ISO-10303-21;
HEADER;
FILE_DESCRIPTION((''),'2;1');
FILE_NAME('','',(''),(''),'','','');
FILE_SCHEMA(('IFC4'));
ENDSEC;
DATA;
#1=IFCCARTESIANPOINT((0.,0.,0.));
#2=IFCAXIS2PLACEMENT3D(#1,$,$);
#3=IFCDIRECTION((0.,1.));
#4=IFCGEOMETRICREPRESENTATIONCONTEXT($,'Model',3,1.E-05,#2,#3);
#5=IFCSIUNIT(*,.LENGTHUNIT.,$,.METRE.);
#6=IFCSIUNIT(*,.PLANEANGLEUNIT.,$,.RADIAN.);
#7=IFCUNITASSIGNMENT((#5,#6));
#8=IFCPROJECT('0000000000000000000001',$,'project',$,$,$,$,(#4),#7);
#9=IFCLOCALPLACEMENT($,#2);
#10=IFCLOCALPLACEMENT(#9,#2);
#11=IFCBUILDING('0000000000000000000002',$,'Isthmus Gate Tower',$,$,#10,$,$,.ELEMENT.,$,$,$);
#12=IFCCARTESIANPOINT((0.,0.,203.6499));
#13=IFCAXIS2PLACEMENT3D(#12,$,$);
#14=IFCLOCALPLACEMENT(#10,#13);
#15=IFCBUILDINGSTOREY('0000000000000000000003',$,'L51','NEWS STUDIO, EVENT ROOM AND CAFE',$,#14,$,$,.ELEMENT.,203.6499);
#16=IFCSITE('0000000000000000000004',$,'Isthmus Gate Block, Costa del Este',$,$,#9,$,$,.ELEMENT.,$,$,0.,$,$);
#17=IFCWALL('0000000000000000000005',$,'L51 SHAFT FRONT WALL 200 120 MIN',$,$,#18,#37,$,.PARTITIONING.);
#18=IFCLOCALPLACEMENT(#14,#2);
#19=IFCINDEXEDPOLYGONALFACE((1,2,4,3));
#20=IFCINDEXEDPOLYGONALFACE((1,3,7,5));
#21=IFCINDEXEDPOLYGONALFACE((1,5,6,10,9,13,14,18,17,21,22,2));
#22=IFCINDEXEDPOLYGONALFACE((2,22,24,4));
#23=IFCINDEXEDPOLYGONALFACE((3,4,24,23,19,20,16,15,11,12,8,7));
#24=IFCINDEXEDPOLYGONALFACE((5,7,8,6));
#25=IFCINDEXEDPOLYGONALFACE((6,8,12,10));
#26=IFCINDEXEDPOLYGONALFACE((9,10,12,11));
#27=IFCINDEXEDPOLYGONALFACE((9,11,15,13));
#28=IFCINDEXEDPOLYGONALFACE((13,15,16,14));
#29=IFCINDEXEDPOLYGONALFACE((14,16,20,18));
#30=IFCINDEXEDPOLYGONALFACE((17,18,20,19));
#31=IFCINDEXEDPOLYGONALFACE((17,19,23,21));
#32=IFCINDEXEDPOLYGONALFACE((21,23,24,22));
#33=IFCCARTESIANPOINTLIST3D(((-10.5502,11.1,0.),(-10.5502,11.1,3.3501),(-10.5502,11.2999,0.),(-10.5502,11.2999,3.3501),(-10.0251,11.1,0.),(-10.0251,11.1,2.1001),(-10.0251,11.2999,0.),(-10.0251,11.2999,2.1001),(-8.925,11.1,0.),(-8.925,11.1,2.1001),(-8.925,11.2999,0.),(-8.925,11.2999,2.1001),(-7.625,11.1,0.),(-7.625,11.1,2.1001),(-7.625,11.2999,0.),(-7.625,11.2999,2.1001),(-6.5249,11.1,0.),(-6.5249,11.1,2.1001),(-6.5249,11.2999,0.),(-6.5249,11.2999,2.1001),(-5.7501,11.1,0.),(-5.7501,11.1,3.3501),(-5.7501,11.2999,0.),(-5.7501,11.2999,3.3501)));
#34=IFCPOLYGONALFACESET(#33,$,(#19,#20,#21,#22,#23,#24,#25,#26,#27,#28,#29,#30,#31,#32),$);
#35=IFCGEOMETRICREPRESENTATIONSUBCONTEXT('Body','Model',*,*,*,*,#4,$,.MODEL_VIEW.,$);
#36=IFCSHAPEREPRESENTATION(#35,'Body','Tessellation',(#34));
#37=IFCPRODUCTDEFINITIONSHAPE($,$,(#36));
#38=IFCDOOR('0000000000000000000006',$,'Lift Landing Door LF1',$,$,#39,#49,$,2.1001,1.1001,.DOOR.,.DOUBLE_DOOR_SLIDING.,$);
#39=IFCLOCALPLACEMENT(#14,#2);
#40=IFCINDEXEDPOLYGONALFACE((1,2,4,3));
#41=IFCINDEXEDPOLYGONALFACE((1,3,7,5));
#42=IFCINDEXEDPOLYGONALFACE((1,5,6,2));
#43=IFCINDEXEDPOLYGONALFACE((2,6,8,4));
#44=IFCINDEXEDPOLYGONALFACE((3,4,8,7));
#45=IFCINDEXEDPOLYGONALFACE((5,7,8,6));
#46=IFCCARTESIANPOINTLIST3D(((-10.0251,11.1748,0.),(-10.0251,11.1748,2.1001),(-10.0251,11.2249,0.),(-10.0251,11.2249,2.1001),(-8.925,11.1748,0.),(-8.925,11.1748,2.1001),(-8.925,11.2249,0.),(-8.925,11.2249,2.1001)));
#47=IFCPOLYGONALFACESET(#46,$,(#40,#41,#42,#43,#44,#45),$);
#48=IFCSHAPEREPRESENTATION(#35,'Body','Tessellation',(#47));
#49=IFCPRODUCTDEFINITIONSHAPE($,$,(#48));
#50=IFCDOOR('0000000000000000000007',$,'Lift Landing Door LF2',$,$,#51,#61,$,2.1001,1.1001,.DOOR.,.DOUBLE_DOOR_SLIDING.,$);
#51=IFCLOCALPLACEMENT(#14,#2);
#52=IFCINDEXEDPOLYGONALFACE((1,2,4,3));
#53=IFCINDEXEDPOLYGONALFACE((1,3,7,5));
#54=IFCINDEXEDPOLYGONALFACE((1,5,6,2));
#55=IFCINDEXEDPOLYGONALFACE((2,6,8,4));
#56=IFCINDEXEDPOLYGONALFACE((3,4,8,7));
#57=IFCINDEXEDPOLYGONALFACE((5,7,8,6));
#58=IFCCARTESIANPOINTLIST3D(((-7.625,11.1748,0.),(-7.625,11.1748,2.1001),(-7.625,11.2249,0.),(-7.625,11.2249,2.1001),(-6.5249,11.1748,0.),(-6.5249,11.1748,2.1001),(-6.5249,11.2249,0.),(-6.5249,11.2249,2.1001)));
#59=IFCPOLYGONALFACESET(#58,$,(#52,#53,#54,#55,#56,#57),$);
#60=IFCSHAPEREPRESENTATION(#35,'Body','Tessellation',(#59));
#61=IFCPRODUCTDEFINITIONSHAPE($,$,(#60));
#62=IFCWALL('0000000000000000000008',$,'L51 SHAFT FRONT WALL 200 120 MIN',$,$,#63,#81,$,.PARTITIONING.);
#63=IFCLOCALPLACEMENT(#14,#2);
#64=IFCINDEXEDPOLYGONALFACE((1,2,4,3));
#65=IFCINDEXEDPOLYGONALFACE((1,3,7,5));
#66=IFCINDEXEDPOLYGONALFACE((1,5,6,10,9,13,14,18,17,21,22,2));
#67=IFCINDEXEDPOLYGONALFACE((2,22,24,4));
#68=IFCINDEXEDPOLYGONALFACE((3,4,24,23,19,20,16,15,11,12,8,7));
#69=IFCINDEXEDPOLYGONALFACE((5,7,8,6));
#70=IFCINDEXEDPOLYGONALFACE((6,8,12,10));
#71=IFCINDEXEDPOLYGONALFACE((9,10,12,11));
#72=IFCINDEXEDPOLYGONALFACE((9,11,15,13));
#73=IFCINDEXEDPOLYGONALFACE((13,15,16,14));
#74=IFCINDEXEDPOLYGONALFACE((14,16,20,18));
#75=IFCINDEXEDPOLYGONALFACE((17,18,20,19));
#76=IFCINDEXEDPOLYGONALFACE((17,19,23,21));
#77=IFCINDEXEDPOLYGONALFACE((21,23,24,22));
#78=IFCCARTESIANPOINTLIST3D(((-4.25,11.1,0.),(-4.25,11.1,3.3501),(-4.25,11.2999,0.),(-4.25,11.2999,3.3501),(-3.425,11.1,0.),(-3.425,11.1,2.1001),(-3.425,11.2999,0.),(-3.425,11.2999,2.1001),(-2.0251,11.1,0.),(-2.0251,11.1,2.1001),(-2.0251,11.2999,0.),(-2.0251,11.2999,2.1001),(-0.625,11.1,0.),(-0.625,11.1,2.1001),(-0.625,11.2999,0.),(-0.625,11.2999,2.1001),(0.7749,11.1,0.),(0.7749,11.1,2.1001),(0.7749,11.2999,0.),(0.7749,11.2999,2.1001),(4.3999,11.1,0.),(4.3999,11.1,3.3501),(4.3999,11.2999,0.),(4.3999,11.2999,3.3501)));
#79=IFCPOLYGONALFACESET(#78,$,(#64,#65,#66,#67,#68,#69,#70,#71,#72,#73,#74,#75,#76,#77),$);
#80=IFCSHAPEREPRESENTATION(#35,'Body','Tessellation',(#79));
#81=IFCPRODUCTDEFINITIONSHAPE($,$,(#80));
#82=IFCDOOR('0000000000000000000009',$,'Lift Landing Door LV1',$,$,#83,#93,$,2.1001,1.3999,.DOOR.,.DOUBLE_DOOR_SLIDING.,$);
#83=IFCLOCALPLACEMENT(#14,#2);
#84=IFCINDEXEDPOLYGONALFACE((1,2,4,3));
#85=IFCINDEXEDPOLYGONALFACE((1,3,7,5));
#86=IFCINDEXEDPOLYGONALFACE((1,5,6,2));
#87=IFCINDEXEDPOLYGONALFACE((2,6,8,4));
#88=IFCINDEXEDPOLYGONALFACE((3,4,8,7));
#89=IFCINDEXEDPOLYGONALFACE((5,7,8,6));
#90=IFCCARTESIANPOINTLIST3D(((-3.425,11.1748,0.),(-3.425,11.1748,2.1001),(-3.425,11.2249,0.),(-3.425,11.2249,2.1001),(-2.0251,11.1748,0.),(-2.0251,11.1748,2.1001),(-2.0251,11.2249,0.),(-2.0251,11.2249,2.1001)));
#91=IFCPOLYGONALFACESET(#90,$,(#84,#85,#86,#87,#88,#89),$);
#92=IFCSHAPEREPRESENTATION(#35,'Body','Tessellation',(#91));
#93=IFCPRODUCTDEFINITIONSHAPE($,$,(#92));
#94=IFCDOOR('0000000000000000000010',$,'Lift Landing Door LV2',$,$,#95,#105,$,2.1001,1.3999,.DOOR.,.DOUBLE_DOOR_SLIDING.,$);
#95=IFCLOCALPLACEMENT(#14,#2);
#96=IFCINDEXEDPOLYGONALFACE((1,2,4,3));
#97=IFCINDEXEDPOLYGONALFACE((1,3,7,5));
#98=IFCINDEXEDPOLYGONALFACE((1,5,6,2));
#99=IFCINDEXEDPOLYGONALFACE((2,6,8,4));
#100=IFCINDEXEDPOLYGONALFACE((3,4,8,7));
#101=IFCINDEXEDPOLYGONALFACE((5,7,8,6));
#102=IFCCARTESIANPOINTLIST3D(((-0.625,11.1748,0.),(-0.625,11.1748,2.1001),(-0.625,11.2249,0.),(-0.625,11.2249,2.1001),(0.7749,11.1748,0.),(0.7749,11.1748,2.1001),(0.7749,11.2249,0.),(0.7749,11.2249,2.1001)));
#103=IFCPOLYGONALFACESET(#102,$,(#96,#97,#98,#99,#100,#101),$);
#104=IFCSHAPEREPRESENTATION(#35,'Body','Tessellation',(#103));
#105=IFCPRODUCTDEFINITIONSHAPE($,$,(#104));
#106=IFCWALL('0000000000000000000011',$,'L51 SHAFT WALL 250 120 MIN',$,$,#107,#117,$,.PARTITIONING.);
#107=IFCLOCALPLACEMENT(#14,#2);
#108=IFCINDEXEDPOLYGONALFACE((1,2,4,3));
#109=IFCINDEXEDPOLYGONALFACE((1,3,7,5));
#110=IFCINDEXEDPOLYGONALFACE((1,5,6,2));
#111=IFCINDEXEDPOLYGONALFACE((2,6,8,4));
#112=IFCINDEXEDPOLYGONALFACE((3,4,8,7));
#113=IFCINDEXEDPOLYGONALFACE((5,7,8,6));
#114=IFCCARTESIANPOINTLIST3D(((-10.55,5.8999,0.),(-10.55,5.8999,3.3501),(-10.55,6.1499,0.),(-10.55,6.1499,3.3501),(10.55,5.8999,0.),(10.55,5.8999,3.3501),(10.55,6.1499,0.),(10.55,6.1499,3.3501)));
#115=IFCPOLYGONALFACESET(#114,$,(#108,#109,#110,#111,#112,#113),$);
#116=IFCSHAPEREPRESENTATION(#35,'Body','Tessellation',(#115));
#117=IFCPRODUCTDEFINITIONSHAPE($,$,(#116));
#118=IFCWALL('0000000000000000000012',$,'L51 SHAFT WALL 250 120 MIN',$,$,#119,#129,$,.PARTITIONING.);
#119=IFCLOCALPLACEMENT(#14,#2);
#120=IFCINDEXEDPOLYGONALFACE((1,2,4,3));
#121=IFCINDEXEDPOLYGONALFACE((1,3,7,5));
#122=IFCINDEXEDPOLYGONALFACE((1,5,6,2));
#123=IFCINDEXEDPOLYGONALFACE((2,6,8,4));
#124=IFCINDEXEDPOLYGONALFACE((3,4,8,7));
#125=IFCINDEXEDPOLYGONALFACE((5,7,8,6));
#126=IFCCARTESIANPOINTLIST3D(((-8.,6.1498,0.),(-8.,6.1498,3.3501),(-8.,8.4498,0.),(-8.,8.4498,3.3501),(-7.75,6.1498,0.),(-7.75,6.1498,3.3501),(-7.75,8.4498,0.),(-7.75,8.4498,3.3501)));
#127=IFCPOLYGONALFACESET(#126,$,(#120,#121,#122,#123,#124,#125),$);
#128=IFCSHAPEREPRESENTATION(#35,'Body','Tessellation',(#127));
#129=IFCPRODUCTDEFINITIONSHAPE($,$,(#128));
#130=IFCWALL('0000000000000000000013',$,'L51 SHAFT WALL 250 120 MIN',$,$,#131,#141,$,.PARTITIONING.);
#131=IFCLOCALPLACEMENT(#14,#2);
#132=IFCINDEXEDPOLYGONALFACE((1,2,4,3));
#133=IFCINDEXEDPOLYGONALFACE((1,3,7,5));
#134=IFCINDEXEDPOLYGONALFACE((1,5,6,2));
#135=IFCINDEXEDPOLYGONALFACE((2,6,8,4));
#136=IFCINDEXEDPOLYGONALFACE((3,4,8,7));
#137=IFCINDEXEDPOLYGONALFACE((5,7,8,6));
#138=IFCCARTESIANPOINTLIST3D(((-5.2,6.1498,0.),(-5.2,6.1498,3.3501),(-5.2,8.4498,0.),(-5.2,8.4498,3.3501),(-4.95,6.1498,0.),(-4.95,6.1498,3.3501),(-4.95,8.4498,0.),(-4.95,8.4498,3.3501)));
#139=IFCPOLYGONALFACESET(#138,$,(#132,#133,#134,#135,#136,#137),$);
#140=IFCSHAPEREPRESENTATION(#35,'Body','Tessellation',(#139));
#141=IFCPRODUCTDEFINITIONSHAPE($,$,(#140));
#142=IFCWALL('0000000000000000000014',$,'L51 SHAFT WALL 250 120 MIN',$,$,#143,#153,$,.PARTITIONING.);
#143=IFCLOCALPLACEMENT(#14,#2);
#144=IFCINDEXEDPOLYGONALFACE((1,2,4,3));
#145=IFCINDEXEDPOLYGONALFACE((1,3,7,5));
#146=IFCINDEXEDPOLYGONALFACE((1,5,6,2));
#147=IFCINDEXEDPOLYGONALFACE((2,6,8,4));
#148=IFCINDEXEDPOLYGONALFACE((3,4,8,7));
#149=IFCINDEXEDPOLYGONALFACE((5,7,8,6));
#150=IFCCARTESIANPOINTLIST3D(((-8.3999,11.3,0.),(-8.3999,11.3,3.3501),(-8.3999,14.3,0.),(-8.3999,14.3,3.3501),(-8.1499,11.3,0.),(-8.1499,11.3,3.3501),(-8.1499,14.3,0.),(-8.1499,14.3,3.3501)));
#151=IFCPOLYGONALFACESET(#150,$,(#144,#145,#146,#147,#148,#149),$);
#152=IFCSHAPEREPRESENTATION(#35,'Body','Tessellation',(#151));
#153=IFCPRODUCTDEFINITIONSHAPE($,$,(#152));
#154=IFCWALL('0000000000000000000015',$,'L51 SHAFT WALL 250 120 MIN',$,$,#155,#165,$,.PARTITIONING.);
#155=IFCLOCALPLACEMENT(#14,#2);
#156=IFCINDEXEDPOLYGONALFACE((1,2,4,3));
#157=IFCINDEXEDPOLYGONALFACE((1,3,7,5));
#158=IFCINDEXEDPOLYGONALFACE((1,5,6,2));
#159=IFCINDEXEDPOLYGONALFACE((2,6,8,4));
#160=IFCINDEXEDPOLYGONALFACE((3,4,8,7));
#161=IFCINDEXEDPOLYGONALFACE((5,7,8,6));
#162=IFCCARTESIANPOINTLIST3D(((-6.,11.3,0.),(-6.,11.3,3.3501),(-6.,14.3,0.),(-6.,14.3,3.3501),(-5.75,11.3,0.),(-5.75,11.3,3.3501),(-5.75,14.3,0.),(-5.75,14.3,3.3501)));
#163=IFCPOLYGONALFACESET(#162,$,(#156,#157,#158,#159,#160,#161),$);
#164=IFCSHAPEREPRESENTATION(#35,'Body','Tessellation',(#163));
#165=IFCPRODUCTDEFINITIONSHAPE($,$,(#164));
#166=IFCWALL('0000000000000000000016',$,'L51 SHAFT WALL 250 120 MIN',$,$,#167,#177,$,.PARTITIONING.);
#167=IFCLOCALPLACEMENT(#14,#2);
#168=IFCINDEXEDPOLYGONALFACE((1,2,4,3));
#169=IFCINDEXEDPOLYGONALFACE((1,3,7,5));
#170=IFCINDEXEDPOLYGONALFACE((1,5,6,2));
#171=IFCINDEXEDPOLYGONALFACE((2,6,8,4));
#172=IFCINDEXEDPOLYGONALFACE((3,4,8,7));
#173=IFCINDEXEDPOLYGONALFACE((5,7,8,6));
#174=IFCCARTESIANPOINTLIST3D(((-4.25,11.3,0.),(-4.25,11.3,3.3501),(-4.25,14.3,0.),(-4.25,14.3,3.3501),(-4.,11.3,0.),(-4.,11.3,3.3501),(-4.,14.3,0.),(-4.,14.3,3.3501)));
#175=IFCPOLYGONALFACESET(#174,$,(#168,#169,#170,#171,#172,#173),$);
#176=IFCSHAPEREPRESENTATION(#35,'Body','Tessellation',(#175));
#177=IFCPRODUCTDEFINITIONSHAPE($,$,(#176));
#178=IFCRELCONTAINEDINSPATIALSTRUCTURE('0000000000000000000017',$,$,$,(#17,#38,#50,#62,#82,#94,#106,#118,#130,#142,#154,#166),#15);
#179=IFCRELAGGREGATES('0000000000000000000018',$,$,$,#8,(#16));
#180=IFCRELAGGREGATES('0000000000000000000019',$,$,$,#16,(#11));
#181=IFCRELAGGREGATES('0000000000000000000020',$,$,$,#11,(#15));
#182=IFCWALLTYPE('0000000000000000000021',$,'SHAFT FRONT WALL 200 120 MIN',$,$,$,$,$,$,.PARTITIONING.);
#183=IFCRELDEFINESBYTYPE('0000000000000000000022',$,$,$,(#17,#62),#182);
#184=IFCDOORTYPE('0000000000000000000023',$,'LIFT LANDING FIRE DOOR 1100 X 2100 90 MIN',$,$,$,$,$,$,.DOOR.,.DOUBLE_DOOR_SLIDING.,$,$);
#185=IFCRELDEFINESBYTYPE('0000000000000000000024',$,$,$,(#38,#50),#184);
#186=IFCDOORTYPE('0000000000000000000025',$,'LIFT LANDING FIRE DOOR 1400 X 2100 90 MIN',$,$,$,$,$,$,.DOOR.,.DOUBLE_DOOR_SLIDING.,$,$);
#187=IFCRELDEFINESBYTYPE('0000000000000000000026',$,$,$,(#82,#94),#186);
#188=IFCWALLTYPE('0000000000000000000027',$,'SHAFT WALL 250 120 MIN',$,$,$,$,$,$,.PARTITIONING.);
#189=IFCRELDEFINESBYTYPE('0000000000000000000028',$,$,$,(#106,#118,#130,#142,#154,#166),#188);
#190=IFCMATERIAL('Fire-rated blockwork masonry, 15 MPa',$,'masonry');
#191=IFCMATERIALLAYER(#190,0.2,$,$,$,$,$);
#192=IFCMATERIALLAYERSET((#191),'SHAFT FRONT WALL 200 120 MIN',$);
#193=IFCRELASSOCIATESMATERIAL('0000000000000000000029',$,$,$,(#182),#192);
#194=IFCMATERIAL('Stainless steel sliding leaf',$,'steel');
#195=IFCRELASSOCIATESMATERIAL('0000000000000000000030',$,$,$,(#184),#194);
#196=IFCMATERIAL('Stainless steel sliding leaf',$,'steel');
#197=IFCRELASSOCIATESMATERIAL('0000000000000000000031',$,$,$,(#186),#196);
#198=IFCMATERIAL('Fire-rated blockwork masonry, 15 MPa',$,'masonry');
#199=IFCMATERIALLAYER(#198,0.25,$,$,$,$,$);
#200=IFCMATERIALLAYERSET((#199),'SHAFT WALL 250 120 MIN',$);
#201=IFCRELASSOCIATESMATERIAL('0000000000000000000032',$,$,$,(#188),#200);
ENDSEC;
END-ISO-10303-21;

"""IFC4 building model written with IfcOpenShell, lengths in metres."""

from ifc_helpers import new_model, si_unit, direction, frame, frame_2d, origin, place, context, subcontext, project, spatial, rectangle, extrude, material, layer, layer_set, type_object, element, fill, save


model = new_model("IFC4")

# Units and contexts
model_context = context("Model", 3, precision=1e-05, world=origin(), true_north=direction((0.0, 1.0)))
body_context = subcontext(model_context, "Body", "Model", "MODEL_VIEW")
ifc_project = project(units=[si_unit("LENGTHUNIT", "METRE"), si_unit("PLANEANGLEUNIT", "RADIAN")], contexts=[model_context])

# Site, building, storey
site_placement = place(None, origin())
site = spatial("IfcSite", under=ifc_project, at=site_placement, Name="Isthmus Gate Block, Costa del Este", CompositionType="ELEMENT", RefElevation=0.0)
building_placement = place(site_placement, origin())
building = spatial("IfcBuilding", under=site, at=building_placement, Name="Isthmus Gate Tower", CompositionType="ELEMENT")
storey_placement = place(building_placement, frame((0.0, 0.0, 203.6499)))
storey = spatial("IfcBuildingStorey", under=building, at=storey_placement, Name="L51", Description="NEWS STUDIO, EVENT ROOM AND CAFE", CompositionType="ELEMENT", Elevation=203.6499)

# Walls, openings, doors
ifc_material_1 = material(Name="Fire-rated blockwork masonry, 15 MPa", Category="masonry")
ifc_layer_1 = layer(ifc_material_1, 0.2)
ifc_layer_set_1 = layer_set([ifc_layer_1], Name="SHAFT FRONT WALL 200 120 MIN")
wall_type_1 = type_object("IfcWallType", Name="SHAFT FRONT WALL 200 120 MIN", PredefinedType="PARTITIONING", material=ifc_layer_set_1)
wall_1_placement = place(storey_placement, frame((-10.55, 11.2, 0.0), z_axis=(0.0, 0.0, 1.0), x_axis=(1.0, 0.0, 0.0)))
wall_1 = element("IfcWall", 1, at=wall_1_placement, inside=storey, type_object=wall_type_1, Name="L51 SHAFT FRONT WALL 200 120 MIN", PredefinedType="PARTITIONING", context=body_context, shape_type="SweptSolid", body=[
    extrude(rectangle(XDim=4.8, YDim=0.2, at=frame_2d((2.3999, 0.0))), origin(), (0.0, 0.0, 1.0), 3.3501),
])
opening_1_placement = place(wall_1_placement, frame((0.5249, 0.0, 0.0)))
opening_1 = element("IfcOpeningElement", 2, at=opening_1_placement, cuts=wall_1, PredefinedType="OPENING", context=body_context, shape_type="SweptSolid", body=[
    extrude(rectangle(XDim=1.1001, YDim=2.1001, at=frame_2d((0.55, 1.05))), frame((0.0, 0.1099, 0.0), z_axis=(0.0, -1.0, 0.0), x_axis=(1.0, 0.0, 0.0)), (0.0, 0.0, 1.0), 0.22),
])
opening_2_placement = place(wall_1_placement, frame((2.925, 0.0, 0.0)))
opening_2 = element("IfcOpeningElement", 3, at=opening_2_placement, cuts=wall_1, PredefinedType="OPENING", context=body_context, shape_type="SweptSolid", body=[
    extrude(rectangle(XDim=1.1001, YDim=2.1001, at=frame_2d((0.55, 1.05))), frame((0.0, 0.1099, 0.0), z_axis=(0.0, -1.0, 0.0), x_axis=(1.0, 0.0, 0.0)), (0.0, 0.0, 1.0), 0.22),
])
ifc_material_2 = material(Name="Stainless steel sliding leaf", Category="steel")
door_type_1 = type_object("IfcDoorType", Name="LIFT LANDING FIRE DOOR 1100 X 2100 90 MIN", OperationType="DOUBLE_DOOR_SLIDING", PredefinedType="DOOR", material=ifc_material_2)
door_1_placement = place(opening_1_placement, origin())
door_1 = element("IfcDoor", 4, at=door_1_placement, inside=storey, type_object=door_type_1, Name="Lift Landing Door LF1", OperationType="DOUBLE_DOOR_SLIDING", OverallHeight=2.1001, OverallWidth=1.1001, PredefinedType="DOOR", context=body_context, shape_type="SweptSolid", body=[
    extrude(rectangle(XDim=1.1001, YDim=2.1001, at=frame_2d((0.55, 1.05))), frame((0.0, 0.0249, 0.0), z_axis=(0.0, -1.0, 0.0), x_axis=(1.0, 0.0, 0.0)), (0.0, 0.0, 1.0), 0.05),
])
fill(opening_1, door_1)
door_2_placement = place(opening_2_placement, origin())
door_2 = element("IfcDoor", 5, at=door_2_placement, inside=storey, type_object=door_type_1, Name="Lift Landing Door LF2", OperationType="DOUBLE_DOOR_SLIDING", OverallHeight=2.1001, OverallWidth=1.1001, PredefinedType="DOOR", context=body_context, shape_type="SweptSolid", body=[
    extrude(rectangle(XDim=1.1001, YDim=2.1001, at=frame_2d((0.55, 1.05))), frame((0.0, 0.0249, 0.0), z_axis=(0.0, -1.0, 0.0), x_axis=(1.0, 0.0, 0.0)), (0.0, 0.0, 1.0), 0.05),
])
fill(opening_2, door_2)
wall_2_placement = place(storey_placement, frame((-4.25, 11.2, 0.0), z_axis=(0.0, 0.0, 1.0), x_axis=(1.0, 0.0, 0.0)))
wall_2 = element("IfcWall", 6, at=wall_2_placement, inside=storey, type_object=wall_type_1, Name="L51 SHAFT FRONT WALL 200 120 MIN", PredefinedType="PARTITIONING", context=body_context, shape_type="SweptSolid", body=[
    extrude(rectangle(XDim=8.6499, YDim=0.2, at=frame_2d((4.325, 0.0))), origin(), (0.0, 0.0, 1.0), 3.3501),
])
opening_3_placement = place(wall_2_placement, frame((0.825, 0.0, 0.0)))
opening_3 = element("IfcOpeningElement", 7, at=opening_3_placement, cuts=wall_2, PredefinedType="OPENING", context=body_context, shape_type="SweptSolid", body=[
    extrude(rectangle(XDim=1.3999, YDim=2.1001, at=frame_2d((0.7, 1.05))), frame((0.0, 0.1099, 0.0), z_axis=(0.0, -1.0, 0.0), x_axis=(1.0, 0.0, 0.0)), (0.0, 0.0, 1.0), 0.22),
])
opening_4_placement = place(wall_2_placement, frame((3.625, 0.0, 0.0)))
opening_4 = element("IfcOpeningElement", 8, at=opening_4_placement, cuts=wall_2, PredefinedType="OPENING", context=body_context, shape_type="SweptSolid", body=[
    extrude(rectangle(XDim=1.3999, YDim=2.1001, at=frame_2d((0.7, 1.05))), frame((0.0, 0.1099, 0.0), z_axis=(0.0, -1.0, 0.0), x_axis=(1.0, 0.0, 0.0)), (0.0, 0.0, 1.0), 0.22),
])
ifc_material_3 = material(Name="Stainless steel sliding leaf", Category="steel")
door_type_2 = type_object("IfcDoorType", Name="LIFT LANDING FIRE DOOR 1400 X 2100 90 MIN", OperationType="DOUBLE_DOOR_SLIDING", PredefinedType="DOOR", material=ifc_material_3)
door_3_placement = place(opening_3_placement, origin())
door_3 = element("IfcDoor", 9, at=door_3_placement, inside=storey, type_object=door_type_2, Name="Lift Landing Door LV1", OperationType="DOUBLE_DOOR_SLIDING", OverallHeight=2.1001, OverallWidth=1.3999, PredefinedType="DOOR", context=body_context, shape_type="SweptSolid", body=[
    extrude(rectangle(XDim=1.3999, YDim=2.1001, at=frame_2d((0.7, 1.05))), frame((0.0, 0.0249, 0.0), z_axis=(0.0, -1.0, 0.0), x_axis=(1.0, 0.0, 0.0)), (0.0, 0.0, 1.0), 0.05),
])
fill(opening_3, door_3)
door_4_placement = place(opening_4_placement, origin())
door_4 = element("IfcDoor", 10, at=door_4_placement, inside=storey, type_object=door_type_2, Name="Lift Landing Door LV2", OperationType="DOUBLE_DOOR_SLIDING", OverallHeight=2.1001, OverallWidth=1.3999, PredefinedType="DOOR", context=body_context, shape_type="SweptSolid", body=[
    extrude(rectangle(XDim=1.3999, YDim=2.1001, at=frame_2d((0.7, 1.05))), frame((0.0, 0.0249, 0.0), z_axis=(0.0, -1.0, 0.0), x_axis=(1.0, 0.0, 0.0)), (0.0, 0.0, 1.0), 0.05),
])
fill(opening_4, door_4)

# Walls
ifc_material_4 = material(Name="Fire-rated blockwork masonry, 15 MPa", Category="masonry")
ifc_layer_2 = layer(ifc_material_4, 0.25)
ifc_layer_set_2 = layer_set([ifc_layer_2], Name="SHAFT WALL 250 120 MIN")
wall_type_2 = type_object("IfcWallType", Name="SHAFT WALL 250 120 MIN", PredefinedType="PARTITIONING", material=ifc_layer_set_2)
wall_3_placement = place(storey_placement, frame((-10.55, 6.0249, 0.0), z_axis=(0.0, 0.0, 1.0), x_axis=(1.0, 0.0, 0.0)))
element("IfcWall", 11, at=wall_3_placement, inside=storey, type_object=wall_type_2, Name="L51 SHAFT WALL 250 120 MIN", PredefinedType="PARTITIONING", context=body_context, shape_type="SweptSolid", body=[
    extrude(rectangle(XDim=21.1001, YDim=0.25, at=frame_2d((10.55, 0.0))), origin(), (0.0, 0.0, 1.0), 3.3501),
])
for number, where, z_axis, x_axis, name in (
    (12, (-7.875, 6.1499, 0.0), (0.0, 0.0, 1.0), (0.0, 1.0, 0.0), "L51 SHAFT WALL 250 120 MIN"),
    (13, (-5.075, 6.1499, 0.0), (0.0, 0.0, 1.0), (0.0, 1.0, 0.0), "L51 SHAFT WALL 250 120 MIN"),
):
    element("IfcWall", number, at=place(storey_placement, frame(where, z_axis=z_axis, x_axis=x_axis)), inside=storey, type_object=wall_type_2, Name=name, PredefinedType="PARTITIONING", context=body_context, shape_type="SweptSolid", body=[
        extrude(rectangle(XDim=2.3, YDim=0.25, at=frame_2d((1.1499, 0.0))), origin(), (0.0, 0.0, 1.0), 3.3501),
    ])
for number, where, z_axis, x_axis, name in (
    (14, (-8.2749, 11.3, 0.0), (0.0, 0.0, 1.0), (0.0, 1.0, 0.0), "L51 SHAFT WALL 250 120 MIN"),
    (15, (-5.875, 11.3, 0.0), (0.0, 0.0, 1.0), (0.0, 1.0, 0.0), "L51 SHAFT WALL 250 120 MIN"),
    (16, (-4.125, 11.3, 0.0), (0.0, 0.0, 1.0), (0.0, 1.0, 0.0), "L51 SHAFT WALL 250 120 MIN"),
):
    element("IfcWall", number, at=place(storey_placement, frame(where, z_axis=z_axis, x_axis=x_axis)), inside=storey, type_object=wall_type_2, Name=name, PredefinedType="PARTITIONING", context=body_context, shape_type="SweptSolid", body=[
        extrude(rectangle(XDim=3.0, YDim=0.25, at=frame_2d((1.5, 0.0))), origin(), (0.0, 0.0, 1.0), 3.3501),
    ])

save(model, "model.ifc")
